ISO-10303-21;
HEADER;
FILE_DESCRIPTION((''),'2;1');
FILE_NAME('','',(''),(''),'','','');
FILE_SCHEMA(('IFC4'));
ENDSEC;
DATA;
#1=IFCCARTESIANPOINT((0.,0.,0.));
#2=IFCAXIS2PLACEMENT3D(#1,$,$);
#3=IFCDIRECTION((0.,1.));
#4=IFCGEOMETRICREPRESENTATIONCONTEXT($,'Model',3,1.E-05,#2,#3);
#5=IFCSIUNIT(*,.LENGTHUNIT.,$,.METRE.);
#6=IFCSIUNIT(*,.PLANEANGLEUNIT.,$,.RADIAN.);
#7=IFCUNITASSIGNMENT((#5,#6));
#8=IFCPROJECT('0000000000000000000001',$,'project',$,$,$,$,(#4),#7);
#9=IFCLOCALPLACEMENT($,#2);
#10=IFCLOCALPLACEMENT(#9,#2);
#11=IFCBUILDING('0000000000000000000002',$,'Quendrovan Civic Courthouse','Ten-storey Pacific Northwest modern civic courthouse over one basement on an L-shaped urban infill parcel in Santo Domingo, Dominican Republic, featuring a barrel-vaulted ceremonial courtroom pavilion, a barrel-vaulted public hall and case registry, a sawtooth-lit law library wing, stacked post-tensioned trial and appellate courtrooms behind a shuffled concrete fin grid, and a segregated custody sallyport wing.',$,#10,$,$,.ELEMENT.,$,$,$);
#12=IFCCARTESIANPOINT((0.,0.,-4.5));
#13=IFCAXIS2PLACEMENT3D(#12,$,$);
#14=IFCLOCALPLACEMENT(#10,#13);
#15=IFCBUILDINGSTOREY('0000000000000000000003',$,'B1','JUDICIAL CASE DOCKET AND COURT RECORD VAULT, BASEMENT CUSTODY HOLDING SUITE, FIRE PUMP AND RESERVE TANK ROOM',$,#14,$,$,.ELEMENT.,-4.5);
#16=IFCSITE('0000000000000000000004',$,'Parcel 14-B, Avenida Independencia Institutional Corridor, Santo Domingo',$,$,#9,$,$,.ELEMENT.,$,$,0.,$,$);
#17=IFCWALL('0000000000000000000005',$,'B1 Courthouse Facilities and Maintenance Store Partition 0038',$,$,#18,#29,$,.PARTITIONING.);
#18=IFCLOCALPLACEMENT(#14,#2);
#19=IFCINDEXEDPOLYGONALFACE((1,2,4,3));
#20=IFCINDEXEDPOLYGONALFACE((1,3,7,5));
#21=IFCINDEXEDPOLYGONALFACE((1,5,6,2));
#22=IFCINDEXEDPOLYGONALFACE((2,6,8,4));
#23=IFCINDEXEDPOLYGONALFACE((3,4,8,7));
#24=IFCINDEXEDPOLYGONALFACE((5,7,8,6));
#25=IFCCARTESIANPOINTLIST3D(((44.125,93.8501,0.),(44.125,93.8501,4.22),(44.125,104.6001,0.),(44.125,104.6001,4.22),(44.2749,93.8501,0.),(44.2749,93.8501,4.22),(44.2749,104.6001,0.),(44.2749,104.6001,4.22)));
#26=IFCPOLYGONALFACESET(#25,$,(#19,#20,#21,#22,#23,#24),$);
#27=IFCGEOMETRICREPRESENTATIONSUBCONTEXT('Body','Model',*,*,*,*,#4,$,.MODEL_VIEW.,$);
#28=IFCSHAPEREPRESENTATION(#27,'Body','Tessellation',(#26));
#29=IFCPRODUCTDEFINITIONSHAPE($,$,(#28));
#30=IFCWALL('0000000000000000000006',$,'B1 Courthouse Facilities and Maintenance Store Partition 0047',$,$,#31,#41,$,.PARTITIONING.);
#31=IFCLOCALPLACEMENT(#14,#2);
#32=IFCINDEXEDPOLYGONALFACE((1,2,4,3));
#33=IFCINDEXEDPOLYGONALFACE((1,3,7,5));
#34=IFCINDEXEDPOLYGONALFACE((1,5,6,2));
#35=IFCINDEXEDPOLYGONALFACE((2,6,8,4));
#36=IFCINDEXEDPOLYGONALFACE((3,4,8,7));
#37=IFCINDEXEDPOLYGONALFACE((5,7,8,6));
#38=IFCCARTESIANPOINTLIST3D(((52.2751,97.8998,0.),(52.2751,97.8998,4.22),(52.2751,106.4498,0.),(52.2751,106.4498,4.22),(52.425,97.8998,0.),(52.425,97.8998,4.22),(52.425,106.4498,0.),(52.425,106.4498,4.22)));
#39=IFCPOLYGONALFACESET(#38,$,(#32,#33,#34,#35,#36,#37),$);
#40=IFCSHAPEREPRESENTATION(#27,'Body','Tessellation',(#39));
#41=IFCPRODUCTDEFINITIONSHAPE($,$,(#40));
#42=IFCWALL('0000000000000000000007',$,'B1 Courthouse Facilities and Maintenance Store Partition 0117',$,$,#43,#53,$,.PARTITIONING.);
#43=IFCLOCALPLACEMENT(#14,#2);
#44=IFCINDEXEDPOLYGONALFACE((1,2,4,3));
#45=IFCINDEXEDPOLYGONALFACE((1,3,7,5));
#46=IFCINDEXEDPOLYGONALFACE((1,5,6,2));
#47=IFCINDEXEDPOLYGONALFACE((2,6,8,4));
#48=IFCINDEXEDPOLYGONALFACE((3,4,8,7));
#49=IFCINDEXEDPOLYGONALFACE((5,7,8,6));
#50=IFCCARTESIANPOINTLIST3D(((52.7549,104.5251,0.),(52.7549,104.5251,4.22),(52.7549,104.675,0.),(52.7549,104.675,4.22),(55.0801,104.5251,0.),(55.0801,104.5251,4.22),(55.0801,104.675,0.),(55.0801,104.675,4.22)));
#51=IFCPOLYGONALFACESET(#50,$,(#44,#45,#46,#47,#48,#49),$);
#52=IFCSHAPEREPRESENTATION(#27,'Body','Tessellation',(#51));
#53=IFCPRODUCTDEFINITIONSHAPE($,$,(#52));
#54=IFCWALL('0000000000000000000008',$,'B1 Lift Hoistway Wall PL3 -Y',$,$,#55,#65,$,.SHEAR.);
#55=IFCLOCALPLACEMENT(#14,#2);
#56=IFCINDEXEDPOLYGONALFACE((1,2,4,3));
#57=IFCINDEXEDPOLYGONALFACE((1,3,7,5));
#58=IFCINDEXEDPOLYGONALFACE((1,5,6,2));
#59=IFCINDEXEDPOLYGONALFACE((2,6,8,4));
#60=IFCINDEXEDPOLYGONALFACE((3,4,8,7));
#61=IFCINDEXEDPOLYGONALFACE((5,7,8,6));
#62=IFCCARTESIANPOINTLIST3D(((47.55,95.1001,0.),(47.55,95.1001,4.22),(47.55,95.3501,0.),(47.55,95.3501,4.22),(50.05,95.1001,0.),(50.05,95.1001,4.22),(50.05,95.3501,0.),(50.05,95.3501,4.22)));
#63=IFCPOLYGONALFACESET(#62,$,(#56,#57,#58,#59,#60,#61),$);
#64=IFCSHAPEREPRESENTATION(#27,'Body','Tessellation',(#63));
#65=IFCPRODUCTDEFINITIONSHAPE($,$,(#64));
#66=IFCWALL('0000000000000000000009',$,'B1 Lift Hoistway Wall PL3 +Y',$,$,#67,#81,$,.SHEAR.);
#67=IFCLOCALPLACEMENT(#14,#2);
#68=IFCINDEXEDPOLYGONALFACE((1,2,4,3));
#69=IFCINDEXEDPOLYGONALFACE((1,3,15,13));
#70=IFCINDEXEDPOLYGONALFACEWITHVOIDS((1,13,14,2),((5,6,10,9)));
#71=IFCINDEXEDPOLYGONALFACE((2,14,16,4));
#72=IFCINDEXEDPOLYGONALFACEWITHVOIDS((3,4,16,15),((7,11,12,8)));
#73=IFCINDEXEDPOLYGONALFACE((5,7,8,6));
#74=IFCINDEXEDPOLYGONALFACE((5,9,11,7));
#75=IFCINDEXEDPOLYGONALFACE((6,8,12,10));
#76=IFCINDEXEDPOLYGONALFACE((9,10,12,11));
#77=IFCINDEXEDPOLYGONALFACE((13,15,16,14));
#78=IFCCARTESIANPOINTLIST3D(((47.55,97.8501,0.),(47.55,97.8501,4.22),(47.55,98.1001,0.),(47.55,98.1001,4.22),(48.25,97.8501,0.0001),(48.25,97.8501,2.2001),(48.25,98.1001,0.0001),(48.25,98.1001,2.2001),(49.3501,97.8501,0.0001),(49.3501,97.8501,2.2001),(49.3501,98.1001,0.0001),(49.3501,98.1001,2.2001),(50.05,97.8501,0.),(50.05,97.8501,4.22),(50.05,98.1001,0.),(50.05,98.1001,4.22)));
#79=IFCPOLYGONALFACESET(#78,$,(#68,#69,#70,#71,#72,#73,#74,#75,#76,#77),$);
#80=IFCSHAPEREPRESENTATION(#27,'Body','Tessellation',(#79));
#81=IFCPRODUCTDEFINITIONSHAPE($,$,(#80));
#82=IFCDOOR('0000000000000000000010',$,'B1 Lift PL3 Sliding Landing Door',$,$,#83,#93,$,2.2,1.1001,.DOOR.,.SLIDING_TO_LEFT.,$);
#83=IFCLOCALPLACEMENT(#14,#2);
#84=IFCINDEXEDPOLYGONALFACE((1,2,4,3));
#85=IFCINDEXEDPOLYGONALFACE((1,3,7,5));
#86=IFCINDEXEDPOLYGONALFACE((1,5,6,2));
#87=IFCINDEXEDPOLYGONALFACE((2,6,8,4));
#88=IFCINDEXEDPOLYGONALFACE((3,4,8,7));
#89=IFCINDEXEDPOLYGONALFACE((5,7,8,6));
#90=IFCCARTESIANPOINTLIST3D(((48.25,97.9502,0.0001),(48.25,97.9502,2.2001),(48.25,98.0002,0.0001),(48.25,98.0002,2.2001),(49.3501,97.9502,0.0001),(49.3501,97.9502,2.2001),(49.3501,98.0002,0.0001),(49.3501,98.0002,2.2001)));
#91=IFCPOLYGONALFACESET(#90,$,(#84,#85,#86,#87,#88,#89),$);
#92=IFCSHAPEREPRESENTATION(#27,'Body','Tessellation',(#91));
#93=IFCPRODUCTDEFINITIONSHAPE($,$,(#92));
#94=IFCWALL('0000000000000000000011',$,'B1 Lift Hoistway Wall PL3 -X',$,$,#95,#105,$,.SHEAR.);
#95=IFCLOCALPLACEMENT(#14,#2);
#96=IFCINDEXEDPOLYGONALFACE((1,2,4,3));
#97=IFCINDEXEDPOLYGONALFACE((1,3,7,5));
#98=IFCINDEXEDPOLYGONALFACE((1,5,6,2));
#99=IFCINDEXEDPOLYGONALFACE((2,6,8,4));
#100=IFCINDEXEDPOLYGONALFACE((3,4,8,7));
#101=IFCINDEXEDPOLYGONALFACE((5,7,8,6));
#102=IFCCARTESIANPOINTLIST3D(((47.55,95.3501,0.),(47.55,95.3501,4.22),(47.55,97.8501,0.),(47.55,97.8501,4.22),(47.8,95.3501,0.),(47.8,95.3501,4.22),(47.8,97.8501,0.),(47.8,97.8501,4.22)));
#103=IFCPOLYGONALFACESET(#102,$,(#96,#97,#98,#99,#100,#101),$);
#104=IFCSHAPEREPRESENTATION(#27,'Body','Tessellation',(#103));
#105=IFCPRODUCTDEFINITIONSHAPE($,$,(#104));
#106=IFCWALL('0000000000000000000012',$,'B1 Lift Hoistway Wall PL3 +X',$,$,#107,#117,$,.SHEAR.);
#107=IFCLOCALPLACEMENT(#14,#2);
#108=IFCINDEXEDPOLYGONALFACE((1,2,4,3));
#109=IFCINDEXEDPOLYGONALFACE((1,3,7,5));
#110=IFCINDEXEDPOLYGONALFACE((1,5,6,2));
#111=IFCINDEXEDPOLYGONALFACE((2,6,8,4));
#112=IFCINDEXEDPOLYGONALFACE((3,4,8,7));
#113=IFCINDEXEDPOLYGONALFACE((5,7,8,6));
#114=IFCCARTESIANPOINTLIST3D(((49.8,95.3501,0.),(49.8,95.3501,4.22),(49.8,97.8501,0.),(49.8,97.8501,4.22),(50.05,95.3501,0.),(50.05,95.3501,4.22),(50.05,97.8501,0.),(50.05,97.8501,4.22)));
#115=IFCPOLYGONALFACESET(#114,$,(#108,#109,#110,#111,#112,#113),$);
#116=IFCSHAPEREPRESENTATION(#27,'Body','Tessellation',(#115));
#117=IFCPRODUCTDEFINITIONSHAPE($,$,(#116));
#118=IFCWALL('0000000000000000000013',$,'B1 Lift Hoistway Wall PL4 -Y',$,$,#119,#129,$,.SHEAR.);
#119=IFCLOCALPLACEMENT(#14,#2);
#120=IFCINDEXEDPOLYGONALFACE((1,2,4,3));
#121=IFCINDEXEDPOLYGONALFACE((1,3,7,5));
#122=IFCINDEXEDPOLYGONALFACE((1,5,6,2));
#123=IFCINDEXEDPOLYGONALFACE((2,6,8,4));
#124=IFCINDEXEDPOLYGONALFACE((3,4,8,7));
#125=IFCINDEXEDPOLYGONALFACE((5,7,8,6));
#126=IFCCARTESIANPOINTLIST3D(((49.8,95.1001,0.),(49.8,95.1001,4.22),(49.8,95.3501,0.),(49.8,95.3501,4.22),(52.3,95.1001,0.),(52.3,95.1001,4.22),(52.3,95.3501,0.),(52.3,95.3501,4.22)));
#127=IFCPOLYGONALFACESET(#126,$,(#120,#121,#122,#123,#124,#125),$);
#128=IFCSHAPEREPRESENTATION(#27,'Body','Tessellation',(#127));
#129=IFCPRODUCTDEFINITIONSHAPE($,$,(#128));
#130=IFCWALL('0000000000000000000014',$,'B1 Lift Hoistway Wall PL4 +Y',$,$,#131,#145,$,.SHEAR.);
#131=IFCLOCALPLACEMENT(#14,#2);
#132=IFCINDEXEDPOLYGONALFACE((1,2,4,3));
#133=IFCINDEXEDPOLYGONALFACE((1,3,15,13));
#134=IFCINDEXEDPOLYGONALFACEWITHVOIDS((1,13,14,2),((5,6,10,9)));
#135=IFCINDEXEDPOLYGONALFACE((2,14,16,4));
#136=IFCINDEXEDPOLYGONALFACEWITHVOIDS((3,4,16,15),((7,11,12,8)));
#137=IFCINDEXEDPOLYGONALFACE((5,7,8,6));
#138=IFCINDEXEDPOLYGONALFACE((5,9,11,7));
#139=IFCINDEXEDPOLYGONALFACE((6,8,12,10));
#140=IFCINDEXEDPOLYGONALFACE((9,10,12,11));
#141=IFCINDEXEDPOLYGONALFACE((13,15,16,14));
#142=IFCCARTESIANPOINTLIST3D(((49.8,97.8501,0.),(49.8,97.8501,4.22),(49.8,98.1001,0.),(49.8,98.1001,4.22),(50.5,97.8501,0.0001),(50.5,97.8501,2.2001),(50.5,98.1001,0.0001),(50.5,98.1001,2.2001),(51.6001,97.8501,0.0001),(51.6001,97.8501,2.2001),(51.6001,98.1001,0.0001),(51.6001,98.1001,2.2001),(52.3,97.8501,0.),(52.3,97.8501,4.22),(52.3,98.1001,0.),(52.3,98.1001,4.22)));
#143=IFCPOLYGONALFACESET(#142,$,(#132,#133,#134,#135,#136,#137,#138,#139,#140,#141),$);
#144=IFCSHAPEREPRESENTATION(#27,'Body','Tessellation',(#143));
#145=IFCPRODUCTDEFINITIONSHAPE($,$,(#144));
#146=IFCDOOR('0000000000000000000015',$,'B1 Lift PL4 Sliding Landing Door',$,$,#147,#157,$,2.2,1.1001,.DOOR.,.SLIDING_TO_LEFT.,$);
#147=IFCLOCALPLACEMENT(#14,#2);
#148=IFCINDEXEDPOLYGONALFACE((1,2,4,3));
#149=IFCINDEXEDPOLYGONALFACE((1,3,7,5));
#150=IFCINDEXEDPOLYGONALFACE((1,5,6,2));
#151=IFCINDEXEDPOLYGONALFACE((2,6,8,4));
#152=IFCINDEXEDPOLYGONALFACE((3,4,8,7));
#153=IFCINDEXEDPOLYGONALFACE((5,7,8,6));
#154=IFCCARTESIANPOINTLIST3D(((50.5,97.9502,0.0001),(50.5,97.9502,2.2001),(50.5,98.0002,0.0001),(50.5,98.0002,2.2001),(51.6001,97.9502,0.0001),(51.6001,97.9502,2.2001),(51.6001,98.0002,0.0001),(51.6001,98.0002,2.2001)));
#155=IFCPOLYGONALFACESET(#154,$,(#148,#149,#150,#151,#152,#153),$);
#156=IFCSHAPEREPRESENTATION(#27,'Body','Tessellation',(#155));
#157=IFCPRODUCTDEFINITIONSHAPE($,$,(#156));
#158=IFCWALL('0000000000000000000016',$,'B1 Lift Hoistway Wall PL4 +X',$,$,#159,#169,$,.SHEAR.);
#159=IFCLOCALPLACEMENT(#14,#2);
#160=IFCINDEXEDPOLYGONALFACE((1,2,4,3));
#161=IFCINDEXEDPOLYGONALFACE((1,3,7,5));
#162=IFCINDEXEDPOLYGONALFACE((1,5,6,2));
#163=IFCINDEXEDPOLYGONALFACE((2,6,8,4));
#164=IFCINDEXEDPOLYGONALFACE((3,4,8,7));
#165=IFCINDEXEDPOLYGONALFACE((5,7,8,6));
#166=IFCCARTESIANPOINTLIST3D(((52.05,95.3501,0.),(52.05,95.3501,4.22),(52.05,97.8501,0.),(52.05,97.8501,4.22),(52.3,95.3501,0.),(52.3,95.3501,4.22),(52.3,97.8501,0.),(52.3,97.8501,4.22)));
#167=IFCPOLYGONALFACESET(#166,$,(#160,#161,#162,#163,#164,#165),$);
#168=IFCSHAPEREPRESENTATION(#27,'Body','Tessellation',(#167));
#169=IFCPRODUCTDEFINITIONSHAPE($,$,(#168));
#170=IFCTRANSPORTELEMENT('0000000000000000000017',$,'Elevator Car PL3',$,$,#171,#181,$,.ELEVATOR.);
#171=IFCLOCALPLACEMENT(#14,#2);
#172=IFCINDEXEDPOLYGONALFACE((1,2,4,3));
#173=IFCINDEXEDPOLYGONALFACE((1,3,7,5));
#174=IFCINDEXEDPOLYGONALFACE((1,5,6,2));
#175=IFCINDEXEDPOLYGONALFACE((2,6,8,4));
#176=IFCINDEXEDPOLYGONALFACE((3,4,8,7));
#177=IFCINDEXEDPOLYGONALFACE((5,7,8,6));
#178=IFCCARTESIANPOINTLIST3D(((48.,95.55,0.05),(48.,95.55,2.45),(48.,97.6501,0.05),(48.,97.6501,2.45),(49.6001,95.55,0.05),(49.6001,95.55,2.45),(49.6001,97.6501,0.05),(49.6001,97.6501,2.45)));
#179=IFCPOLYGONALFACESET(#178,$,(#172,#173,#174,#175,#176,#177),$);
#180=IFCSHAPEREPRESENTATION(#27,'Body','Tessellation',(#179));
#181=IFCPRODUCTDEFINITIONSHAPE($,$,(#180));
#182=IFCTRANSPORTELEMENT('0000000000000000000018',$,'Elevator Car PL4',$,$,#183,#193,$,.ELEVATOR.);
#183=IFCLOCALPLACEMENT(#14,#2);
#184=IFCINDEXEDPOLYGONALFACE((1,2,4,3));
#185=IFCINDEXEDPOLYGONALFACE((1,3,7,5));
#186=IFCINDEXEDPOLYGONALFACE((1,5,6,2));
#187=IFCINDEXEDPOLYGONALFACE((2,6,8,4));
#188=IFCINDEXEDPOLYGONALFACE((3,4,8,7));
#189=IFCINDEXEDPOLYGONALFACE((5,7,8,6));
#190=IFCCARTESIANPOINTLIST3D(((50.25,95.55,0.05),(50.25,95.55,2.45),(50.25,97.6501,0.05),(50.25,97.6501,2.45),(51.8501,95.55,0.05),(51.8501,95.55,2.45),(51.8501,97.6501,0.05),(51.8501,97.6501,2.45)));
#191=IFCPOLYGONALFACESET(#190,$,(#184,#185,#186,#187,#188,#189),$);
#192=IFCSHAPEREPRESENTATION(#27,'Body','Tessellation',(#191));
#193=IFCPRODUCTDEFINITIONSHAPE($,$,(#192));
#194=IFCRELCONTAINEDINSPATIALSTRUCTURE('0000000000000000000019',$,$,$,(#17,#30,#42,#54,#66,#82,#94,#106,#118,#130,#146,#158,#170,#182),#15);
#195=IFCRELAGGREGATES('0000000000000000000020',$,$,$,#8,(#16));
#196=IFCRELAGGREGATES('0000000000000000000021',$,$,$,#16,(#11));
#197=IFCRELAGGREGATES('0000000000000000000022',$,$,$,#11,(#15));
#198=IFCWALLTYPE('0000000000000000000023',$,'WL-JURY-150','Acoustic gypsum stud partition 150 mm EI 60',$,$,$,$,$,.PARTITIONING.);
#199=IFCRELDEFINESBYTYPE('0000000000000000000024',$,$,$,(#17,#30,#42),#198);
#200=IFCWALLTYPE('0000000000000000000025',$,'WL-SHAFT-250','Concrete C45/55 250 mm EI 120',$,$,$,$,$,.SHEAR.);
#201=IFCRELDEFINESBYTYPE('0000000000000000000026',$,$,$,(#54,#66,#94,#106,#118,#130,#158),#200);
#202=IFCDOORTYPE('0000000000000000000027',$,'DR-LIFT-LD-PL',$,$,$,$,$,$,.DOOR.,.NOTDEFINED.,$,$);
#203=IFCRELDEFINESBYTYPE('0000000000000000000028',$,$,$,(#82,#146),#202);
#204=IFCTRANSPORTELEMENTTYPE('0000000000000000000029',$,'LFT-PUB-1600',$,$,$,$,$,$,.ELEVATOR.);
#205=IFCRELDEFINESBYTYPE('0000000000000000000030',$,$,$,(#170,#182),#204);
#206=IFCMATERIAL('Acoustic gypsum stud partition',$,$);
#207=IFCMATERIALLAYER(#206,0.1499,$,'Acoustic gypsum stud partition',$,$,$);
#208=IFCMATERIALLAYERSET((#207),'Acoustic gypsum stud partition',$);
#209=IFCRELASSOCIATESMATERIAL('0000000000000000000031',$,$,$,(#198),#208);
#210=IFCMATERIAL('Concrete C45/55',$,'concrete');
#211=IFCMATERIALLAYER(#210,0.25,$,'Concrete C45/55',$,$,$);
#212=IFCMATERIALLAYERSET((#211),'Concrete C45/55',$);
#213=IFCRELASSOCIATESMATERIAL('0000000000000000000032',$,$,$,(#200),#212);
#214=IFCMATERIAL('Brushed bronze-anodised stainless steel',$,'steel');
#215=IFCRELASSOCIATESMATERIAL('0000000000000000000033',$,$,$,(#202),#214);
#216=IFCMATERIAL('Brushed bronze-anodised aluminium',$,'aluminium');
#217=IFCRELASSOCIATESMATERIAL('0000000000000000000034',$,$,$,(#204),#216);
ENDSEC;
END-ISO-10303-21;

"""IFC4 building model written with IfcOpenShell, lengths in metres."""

from ifc_helpers import new_model, si_unit, direction, frame, frame_2d, origin, origin_2d, place, context, subcontext, project, spatial, rectangle, extrude, material, layer, layer_set, type_object, element, fill, save


model = new_model("IFC4")

# Units and contexts
model_context = context("Model", 3, precision=1e-05, world=origin(), true_north=direction((0.0, 1.0)))
body_context = subcontext(model_context, "Body", "Model", "MODEL_VIEW")
ifc_project = project(units=[si_unit("LENGTHUNIT", "METRE"), si_unit("PLANEANGLEUNIT", "RADIAN")], contexts=[model_context])

# Site, building, storey
site_placement = place(None, origin())
site = spatial("IfcSite", under=ifc_project, at=site_placement, Name="Parcel 14-B, Avenida Independencia Institutional Corridor, Santo Domingo", CompositionType="ELEMENT", RefElevation=0.0)
building_placement = place(site_placement, origin())
building = spatial("IfcBuilding", under=site, at=building_placement, Name="Quendrovan Civic Courthouse", Description="Ten-storey Pacific Northwest modern civic courthouse over one basement on an L-shaped urban infill parcel in Santo Domingo, Dominican Republic, featuring a barrel-vaulted ceremonial courtroom pavilion, a barrel-vaulted public hall and case registry, a sawtooth-lit law library wing, stacked post-tensioned trial and appellate courtrooms behind a shuffled concrete fin grid, and a segregated custody sallyport wing.", CompositionType="ELEMENT")
storey_placement = place(building_placement, frame((0.0, 0.0, -4.5)))
storey = spatial("IfcBuildingStorey", under=building, at=storey_placement, Name="B1", Description="JUDICIAL CASE DOCKET AND COURT RECORD VAULT, BASEMENT CUSTODY HOLDING SUITE, FIRE PUMP AND RESERVE TANK ROOM", CompositionType="ELEMENT", Elevation=-4.5)

# Shared definitions
ifc_material_1 = material(Name="Concrete C45/55", Category="concrete")

# Walls
ifc_material_2 = material(Name="Acoustic gypsum stud partition")
ifc_layer_1 = layer(ifc_material_2, 0.1499, Name="Acoustic gypsum stud partition")
ifc_layer_set_1 = layer_set([ifc_layer_1], Name="Acoustic gypsum stud partition")
wall_type_1 = type_object("IfcWallType", Name="WL-JURY-150", Description="Acoustic gypsum stud partition 150 mm EI 60", PredefinedType="PARTITIONING", material=ifc_layer_set_1)
wall_1_placement = place(storey_placement, frame((44.2, 104.6001, 0.0), z_axis=(0.0, 0.0, 1.0), x_axis=(0.0, -1.0, 0.0)))
element("IfcWall", 1, at=wall_1_placement, inside=storey, type_object=wall_type_1, Name="B1 Courthouse Facilities and Maintenance Store Partition 0038", PredefinedType="PARTITIONING", context=body_context, shape_type="SweptSolid", body=[
    extrude(rectangle(XDim=10.75, YDim=0.1499, at=frame_2d((5.375, 0.0))), origin(), (0.0, 0.0, 1.0), 4.22),
])
wall_2_placement = place(storey_placement, frame((52.3501, 97.8999, 0.0), z_axis=(0.0, 0.0, 1.0), x_axis=(0.0, 1.0, 0.0)))
element("IfcWall", 2, at=wall_2_placement, inside=storey, type_object=wall_type_1, Name="B1 Courthouse Facilities and Maintenance Store Partition 0047", PredefinedType="PARTITIONING", context=body_context, shape_type="SweptSolid", body=[
    extrude(rectangle(XDim=8.55, YDim=0.1499, at=frame_2d((4.2749, 0.0))), origin(), (0.0, 0.0, 1.0), 4.22),
])
wall_3_placement = place(storey_placement, frame((52.7549, 104.6001, 0.0), z_axis=(0.0, 0.0, 1.0), x_axis=(1.0, 0.0, 0.0)))
element("IfcWall", 3, at=wall_3_placement, inside=storey, type_object=wall_type_1, Name="B1 Courthouse Facilities and Maintenance Store Partition 0117", PredefinedType="PARTITIONING", context=body_context, shape_type="SweptSolid", body=[
    extrude(rectangle(XDim=2.3252, YDim=0.1499, at=frame_2d((1.1626, 0.0))), origin(), (0.0, 0.0, 1.0), 4.22),
])
ifc_layer_2 = layer(ifc_material_1, 0.25, Name="Concrete C45/55")
ifc_layer_set_2 = layer_set([ifc_layer_2], Name="Concrete C45/55")
wall_type_2 = type_object("IfcWallType", Name="WL-SHAFT-250", Description="Concrete C45/55 250 mm EI 120", PredefinedType="SHEAR", material=ifc_layer_set_2)
wall_4_placement = place(storey_placement, frame((47.55, 95.2251, 0.0), z_axis=(0.0, 0.0, 1.0), x_axis=(1.0, 0.0, 0.0)))
element("IfcWall", 4, at=wall_4_placement, inside=storey, type_object=wall_type_2, Name="B1 Lift Hoistway Wall PL3 -Y", PredefinedType="SHEAR", context=body_context, shape_type="SweptSolid", body=[
    extrude(rectangle(XDim=2.5, YDim=0.25, at=frame_2d((1.25, 0.0))), origin(), (0.0, 0.0, 1.0), 4.22),
])

# Wall, opening, door
wall_5_placement = place(storey_placement, frame((50.05, 97.9751, 0.0), z_axis=(0.0, 0.0, 1.0), x_axis=(-1.0, 0.0, 0.0)))
wall_5 = element("IfcWall", 5, at=wall_5_placement, inside=storey, type_object=wall_type_2, Name="B1 Lift Hoistway Wall PL3 +Y", PredefinedType="SHEAR", context=body_context, shape_type="SweptSolid", body=[
    extrude(rectangle(XDim=2.5, YDim=0.25, at=frame_2d((1.25, 0.0))), origin(), (0.0, 0.0, 1.0), 4.22),
])
opening_1_placement = place(wall_5_placement, frame((0.7, 0.0, 0.0)))
opening_1 = element("IfcOpeningElement", 6, at=opening_1_placement, cuts=wall_5, PredefinedType="OPENING", context=body_context, shape_type="SweptSolid", body=[
    extrude(rectangle(XDim=1.1001, YDim=2.2, at=frame_2d((0.55, 1.1001))), frame((0.0, 0.135, 0.0), z_axis=(0.0, -1.0, 0.0), x_axis=(1.0, 0.0, 0.0)), (0.0, 0.0, 1.0), 0.27),
])
ifc_material_3 = material(Name="Brushed bronze-anodised stainless steel", Category="steel")
door_type_1 = type_object("IfcDoorType", Name="DR-LIFT-LD-PL", OperationType="NOTDEFINED", PredefinedType="DOOR", material=ifc_material_3)
door_1_placement = place(opening_1_placement, origin())
door_1 = element("IfcDoor", 7, at=door_1_placement, inside=storey, type_object=door_type_1, Name="B1 Lift PL3 Sliding Landing Door", OperationType="SLIDING_TO_LEFT", OverallHeight=2.2, OverallWidth=1.1001, PredefinedType="DOOR", context=body_context, shape_type="SweptSolid", body=[
    extrude(rectangle(XDim=1.1001, YDim=2.2, at=frame_2d((0.55, 1.1001))), frame((0.0, 0.0249, 0.0), z_axis=(0.0, -1.0, 0.0), x_axis=(1.0, 0.0, 0.0)), (0.0, 0.0, 1.0), 0.05),
])
fill(opening_1, door_1)

# Walls
for number, where, z_axis, x_axis, name in (
    (8, (47.675, 95.3501, 0.0), (0.0, 0.0, 1.0), (0.0, 1.0, 0.0), "B1 Lift Hoistway Wall PL3 -X"),
    (9, (49.925, 97.8501, 0.0), (0.0, 0.0, 1.0), (0.0, -1.0, 0.0), "B1 Lift Hoistway Wall PL3 +X"),
    (10, (49.8, 95.2251, 0.0), (0.0, 0.0, 1.0), (1.0, 0.0, 0.0), "B1 Lift Hoistway Wall PL4 -Y"),
):
    element("IfcWall", number, at=place(storey_placement, frame(where, z_axis=z_axis, x_axis=x_axis)), inside=storey, type_object=wall_type_2, Name=name, PredefinedType="SHEAR", context=body_context, shape_type="SweptSolid", body=[
        extrude(rectangle(XDim=2.5, YDim=0.25, at=frame_2d((1.25, 0.0))), origin(), (0.0, 0.0, 1.0), 4.22),
    ])

# Wall, opening, door
wall_6_placement = place(storey_placement, frame((52.3, 97.9751, 0.0), z_axis=(0.0, 0.0, 1.0), x_axis=(-1.0, 0.0, 0.0)))
wall_6 = element("IfcWall", 11, at=wall_6_placement, inside=storey, type_object=wall_type_2, Name="B1 Lift Hoistway Wall PL4 +Y", PredefinedType="SHEAR", context=body_context, shape_type="SweptSolid", body=[
    extrude(rectangle(XDim=2.5, YDim=0.25, at=frame_2d((1.25, 0.0))), origin(), (0.0, 0.0, 1.0), 4.22),
])
opening_2_placement = place(wall_6_placement, frame((0.7, 0.0, 0.0)))
opening_2 = element("IfcOpeningElement", 12, at=opening_2_placement, cuts=wall_6, PredefinedType="OPENING", context=body_context, shape_type="SweptSolid", body=[
    extrude(rectangle(XDim=1.1001, YDim=2.2, at=frame_2d((0.55, 1.1001))), frame((0.0, 0.135, 0.0), z_axis=(0.0, -1.0, 0.0), x_axis=(1.0, 0.0, 0.0)), (0.0, 0.0, 1.0), 0.27),
])
door_2_placement = place(opening_2_placement, origin())
door_2 = element("IfcDoor", 13, at=door_2_placement, inside=storey, type_object=door_type_1, Name="B1 Lift PL4 Sliding Landing Door", OperationType="SLIDING_TO_LEFT", OverallHeight=2.2, OverallWidth=1.1001, PredefinedType="DOOR", context=body_context, shape_type="SweptSolid", body=[
    extrude(rectangle(XDim=1.1001, YDim=2.2, at=frame_2d((0.55, 1.1001))), frame((0.0, 0.0249, 0.0), z_axis=(0.0, -1.0, 0.0), x_axis=(1.0, 0.0, 0.0)), (0.0, 0.0, 1.0), 0.05),
])
fill(opening_2, door_2)

# Wall
wall_7_placement = place(storey_placement, frame((52.175, 97.8501, 0.0), z_axis=(0.0, 0.0, 1.0), x_axis=(0.0, -1.0, 0.0)))
element("IfcWall", 14, at=wall_7_placement, inside=storey, type_object=wall_type_2, Name="B1 Lift Hoistway Wall PL4 +X", PredefinedType="SHEAR", context=body_context, shape_type="SweptSolid", body=[
    extrude(rectangle(XDim=2.5, YDim=0.25, at=frame_2d((1.25, 0.0))), origin(), (0.0, 0.0, 1.0), 4.22),
])

# Transport elements
ifc_material_4 = material(Name="Brushed bronze-anodised aluminium", Category="aluminium")
transport_element_type = type_object("IfcTransportElementType", Name="LFT-PUB-1600", PredefinedType="ELEVATOR", material=ifc_material_4)
for number, where, z_axis, x_axis, name in (
    (15, (48.8, 96.6001, 0.05), (0.0, 0.0, 1.0), (1.0, 0.0, 0.0), "Elevator Car PL3"),
    (16, (51.05, 96.6001, 0.05), (0.0, 0.0, 1.0), (1.0, 0.0, 0.0), "Elevator Car PL4"),
):
    element("IfcTransportElement", number, at=place(storey_placement, frame(where, z_axis=z_axis, x_axis=x_axis)), inside=storey, type_object=transport_element_type, Name=name, PredefinedType="ELEVATOR", context=body_context, shape_type="SweptSolid", body=[
        extrude(rectangle(XDim=1.6001, YDim=2.1001, at=origin_2d()), origin(), (0.0, 0.0, 1.0), 2.3999),
    ])

save(model, "model.ifc")
